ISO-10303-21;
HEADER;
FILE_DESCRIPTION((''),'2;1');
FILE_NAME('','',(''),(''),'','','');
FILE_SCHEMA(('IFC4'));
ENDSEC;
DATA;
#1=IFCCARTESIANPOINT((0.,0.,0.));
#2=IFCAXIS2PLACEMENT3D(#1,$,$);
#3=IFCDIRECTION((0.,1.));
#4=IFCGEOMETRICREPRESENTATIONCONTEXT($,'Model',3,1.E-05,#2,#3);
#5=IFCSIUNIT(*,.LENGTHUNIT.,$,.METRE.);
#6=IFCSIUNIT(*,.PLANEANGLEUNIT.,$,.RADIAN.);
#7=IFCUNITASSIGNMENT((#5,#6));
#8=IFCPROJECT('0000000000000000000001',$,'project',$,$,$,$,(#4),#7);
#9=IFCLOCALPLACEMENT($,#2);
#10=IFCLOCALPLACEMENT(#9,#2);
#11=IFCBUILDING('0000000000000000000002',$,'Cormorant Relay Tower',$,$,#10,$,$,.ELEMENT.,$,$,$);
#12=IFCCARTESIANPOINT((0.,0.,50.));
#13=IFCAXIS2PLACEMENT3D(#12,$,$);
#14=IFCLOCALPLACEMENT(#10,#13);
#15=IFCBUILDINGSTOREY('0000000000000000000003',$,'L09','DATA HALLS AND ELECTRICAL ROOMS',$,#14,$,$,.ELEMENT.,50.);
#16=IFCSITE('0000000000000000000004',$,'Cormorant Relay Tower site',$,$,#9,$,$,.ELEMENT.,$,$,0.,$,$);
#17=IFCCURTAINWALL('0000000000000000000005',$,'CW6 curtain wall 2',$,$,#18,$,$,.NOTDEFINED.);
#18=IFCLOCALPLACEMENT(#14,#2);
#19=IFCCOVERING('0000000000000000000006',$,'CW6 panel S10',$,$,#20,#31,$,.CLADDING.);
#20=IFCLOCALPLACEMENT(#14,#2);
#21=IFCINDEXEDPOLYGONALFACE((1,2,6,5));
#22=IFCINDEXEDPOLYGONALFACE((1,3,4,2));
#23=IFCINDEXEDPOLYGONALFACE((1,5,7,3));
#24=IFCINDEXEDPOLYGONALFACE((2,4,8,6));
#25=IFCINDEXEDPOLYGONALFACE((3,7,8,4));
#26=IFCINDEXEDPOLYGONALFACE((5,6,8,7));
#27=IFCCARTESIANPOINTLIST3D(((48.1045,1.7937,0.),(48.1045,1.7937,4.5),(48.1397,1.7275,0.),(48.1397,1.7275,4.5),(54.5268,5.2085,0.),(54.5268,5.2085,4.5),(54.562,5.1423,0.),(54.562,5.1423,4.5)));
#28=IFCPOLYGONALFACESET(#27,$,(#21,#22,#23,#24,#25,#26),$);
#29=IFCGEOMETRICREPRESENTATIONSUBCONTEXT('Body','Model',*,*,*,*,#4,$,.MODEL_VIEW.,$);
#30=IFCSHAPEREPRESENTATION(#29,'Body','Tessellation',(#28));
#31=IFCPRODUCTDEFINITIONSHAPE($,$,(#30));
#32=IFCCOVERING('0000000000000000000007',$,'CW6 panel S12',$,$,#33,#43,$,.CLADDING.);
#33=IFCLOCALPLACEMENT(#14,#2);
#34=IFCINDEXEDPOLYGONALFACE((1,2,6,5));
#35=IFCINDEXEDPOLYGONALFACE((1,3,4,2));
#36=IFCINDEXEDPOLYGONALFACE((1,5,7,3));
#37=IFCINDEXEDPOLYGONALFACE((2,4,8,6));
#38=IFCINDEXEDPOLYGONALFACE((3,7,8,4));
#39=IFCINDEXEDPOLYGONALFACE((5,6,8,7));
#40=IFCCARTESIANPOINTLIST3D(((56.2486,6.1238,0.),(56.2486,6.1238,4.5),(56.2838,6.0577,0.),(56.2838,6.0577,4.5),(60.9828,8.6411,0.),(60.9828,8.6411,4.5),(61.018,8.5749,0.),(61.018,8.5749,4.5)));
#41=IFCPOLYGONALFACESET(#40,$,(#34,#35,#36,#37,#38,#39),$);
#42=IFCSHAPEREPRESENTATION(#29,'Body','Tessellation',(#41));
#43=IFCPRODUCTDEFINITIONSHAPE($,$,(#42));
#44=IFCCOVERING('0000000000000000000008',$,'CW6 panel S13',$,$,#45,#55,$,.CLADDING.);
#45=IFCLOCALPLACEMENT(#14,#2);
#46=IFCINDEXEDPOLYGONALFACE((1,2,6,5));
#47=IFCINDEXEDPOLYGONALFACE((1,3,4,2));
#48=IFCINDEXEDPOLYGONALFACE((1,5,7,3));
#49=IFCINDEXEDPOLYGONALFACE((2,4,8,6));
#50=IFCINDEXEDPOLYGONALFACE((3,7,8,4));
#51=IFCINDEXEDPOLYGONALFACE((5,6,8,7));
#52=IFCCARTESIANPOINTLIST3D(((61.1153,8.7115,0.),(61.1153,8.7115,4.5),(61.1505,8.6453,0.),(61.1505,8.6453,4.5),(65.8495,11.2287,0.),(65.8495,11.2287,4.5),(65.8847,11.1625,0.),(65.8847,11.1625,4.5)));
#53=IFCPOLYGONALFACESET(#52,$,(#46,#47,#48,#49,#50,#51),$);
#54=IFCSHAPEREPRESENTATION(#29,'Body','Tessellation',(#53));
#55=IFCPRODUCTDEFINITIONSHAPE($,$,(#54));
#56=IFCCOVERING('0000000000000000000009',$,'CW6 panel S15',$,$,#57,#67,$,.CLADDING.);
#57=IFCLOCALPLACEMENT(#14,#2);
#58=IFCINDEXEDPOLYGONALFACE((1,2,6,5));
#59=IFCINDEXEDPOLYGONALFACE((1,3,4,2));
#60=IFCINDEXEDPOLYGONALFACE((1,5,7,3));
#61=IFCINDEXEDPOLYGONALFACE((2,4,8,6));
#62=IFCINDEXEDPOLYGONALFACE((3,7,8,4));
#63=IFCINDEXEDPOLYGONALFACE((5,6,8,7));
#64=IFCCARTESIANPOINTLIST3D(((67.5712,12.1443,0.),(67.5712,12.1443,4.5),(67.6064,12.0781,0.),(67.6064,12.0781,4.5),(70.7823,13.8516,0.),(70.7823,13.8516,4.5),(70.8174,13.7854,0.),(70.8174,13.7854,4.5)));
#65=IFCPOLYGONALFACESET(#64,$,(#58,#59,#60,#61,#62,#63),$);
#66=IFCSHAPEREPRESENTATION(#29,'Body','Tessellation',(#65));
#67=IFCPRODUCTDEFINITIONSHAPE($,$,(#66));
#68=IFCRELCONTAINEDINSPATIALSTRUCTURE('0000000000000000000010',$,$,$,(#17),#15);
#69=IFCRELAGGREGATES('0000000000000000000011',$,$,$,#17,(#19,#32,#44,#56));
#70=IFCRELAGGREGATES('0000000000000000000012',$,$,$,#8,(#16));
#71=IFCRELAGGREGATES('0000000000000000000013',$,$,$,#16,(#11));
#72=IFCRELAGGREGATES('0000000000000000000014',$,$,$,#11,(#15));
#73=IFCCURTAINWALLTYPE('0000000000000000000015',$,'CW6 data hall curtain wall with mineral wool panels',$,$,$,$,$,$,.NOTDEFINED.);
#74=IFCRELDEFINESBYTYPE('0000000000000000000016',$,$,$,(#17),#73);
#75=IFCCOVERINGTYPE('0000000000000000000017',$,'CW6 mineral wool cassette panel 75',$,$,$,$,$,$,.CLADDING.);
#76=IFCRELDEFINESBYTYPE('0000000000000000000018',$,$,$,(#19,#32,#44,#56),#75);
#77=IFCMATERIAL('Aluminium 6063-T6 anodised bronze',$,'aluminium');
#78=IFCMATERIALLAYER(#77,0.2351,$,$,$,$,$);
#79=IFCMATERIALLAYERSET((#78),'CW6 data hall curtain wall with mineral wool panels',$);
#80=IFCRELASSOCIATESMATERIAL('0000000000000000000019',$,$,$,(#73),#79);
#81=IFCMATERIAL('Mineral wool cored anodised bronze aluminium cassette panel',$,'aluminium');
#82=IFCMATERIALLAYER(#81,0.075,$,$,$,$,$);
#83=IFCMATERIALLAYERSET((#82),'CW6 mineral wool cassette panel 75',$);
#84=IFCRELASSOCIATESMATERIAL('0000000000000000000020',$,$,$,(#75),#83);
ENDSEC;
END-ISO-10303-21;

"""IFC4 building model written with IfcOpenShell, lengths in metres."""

from ifc_helpers import new_model, si_unit, direction, frame, origin, origin_2d, place, context, subcontext, project, spatial, rectangle, extrude, material, layer, layer_set, type_object, element, aggregate, save


model = new_model("IFC4")

# Units and contexts
model_context = context("Model", 3, precision=1e-05, world=origin(), true_north=direction((0.0, 1.0)))
body_context = subcontext(model_context, "Body", "Model", "MODEL_VIEW")
ifc_project = project(units=[si_unit("LENGTHUNIT", "METRE"), si_unit("PLANEANGLEUNIT", "RADIAN")], contexts=[model_context])

# Site, building, storey
site_placement = place(None, origin())
site = spatial("IfcSite", under=ifc_project, at=site_placement, Name="Cormorant Relay Tower site", CompositionType="ELEMENT", RefElevation=0.0)
building_placement = place(site_placement, origin())
building = spatial("IfcBuilding", under=site, at=building_placement, Name="Cormorant Relay Tower", CompositionType="ELEMENT")
storey_placement = place(building_placement, frame((0.0, 0.0, 50.0)))
storey = spatial("IfcBuildingStorey", under=building, at=storey_placement, Name="L09", Description="DATA HALLS AND ELECTRICAL ROOMS", CompositionType="ELEMENT", Elevation=50.0)

# Curtain wall
ifc_material_1 = material(Name="Aluminium 6063-T6 anodised bronze", Category="aluminium")
ifc_layer_1 = layer(ifc_material_1, 0.2351)
ifc_layer_set_1 = layer_set([ifc_layer_1], Name="CW6 data hall curtain wall with mineral wool panels")
curtain_wall_type = type_object("IfcCurtainWallType", Name="CW6 data hall curtain wall with mineral wool panels", PredefinedType="NOTDEFINED", material=ifc_layer_set_1)
curtain_wall_1_placement = place(storey_placement, origin())
curtain_wall_1 = element("IfcCurtainWall", 1, at=curtain_wall_1_placement, inside=storey, type_object=curtain_wall_type, Name="CW6 curtain wall 2", PredefinedType="NOTDEFINED")

# Coverings
ifc_material_2 = material(Name="Mineral wool cored anodised bronze aluminium cassette panel", Category="aluminium")
ifc_layer_2 = layer(ifc_material_2, 0.075)
ifc_layer_set_2 = layer_set([ifc_layer_2], Name="CW6 mineral wool cassette panel 75")
covering_type = type_object("IfcCoveringType", Name="CW6 mineral wool cassette panel 75", PredefinedType="CLADDING", material=ifc_layer_set_2)
covering_1_placement = place(storey_placement, frame((51.3333, 3.468, 0.0), z_axis=(0.0, 0.0, 1.0), x_axis=(0.882948, 0.469472, 0.0)))
covering_1 = element("IfcCovering", 2, at=covering_1_placement, type_object=covering_type, Name="CW6 panel S10", PredefinedType="CLADDING", context=body_context, shape_type="SweptSolid", body=[
    extrude(rectangle(XDim=7.2737, YDim=0.075, at=origin_2d()), origin(), (0.0, 0.0, 1.0), 4.5),
])
covering_2_placement = place(storey_placement, frame((58.6333, 7.3494, 0.0), z_axis=(0.0, 0.0, 1.0), x_axis=(0.882948, 0.469472, 0.0)))
covering_2 = element("IfcCovering", 3, at=covering_2_placement, type_object=covering_type, Name="CW6 panel S12", PredefinedType="CLADDING", context=body_context, shape_type="SweptSolid", body=[
    extrude(rectangle(XDim=5.3618, YDim=0.075, at=origin_2d()), origin(), (0.0, 0.0, 1.0), 4.5),
])
covering_3_placement = place(storey_placement, frame((63.5, 9.937, 0.0), z_axis=(0.0, 0.0, 1.0), x_axis=(0.882948, 0.469472, 0.0)))
covering_3 = element("IfcCovering", 4, at=covering_3_placement, type_object=covering_type, Name="CW6 panel S13", PredefinedType="CLADDING", context=body_context, shape_type="SweptSolid", body=[
    extrude(rectangle(XDim=5.3618, YDim=0.075, at=origin_2d()), origin(), (0.0, 0.0, 1.0), 4.5),
])
covering_4_placement = place(storey_placement, frame((69.1943, 12.9648, 0.0), z_axis=(0.0, 0.0, 1.0), x_axis=(0.882948, 0.469472, 0.0)))
covering_4 = element("IfcCovering", 5, at=covering_4_placement, type_object=covering_type, Name="CW6 panel S15", PredefinedType="CLADDING", context=body_context, shape_type="SweptSolid", body=[
    extrude(rectangle(XDim=3.6367, YDim=0.075, at=origin_2d()), origin(), (0.0, 0.0, 1.0), 4.5),
])
aggregate(curtain_wall_1, [covering_1, covering_2, covering_3, covering_4])

save(model, "model.ifc")
